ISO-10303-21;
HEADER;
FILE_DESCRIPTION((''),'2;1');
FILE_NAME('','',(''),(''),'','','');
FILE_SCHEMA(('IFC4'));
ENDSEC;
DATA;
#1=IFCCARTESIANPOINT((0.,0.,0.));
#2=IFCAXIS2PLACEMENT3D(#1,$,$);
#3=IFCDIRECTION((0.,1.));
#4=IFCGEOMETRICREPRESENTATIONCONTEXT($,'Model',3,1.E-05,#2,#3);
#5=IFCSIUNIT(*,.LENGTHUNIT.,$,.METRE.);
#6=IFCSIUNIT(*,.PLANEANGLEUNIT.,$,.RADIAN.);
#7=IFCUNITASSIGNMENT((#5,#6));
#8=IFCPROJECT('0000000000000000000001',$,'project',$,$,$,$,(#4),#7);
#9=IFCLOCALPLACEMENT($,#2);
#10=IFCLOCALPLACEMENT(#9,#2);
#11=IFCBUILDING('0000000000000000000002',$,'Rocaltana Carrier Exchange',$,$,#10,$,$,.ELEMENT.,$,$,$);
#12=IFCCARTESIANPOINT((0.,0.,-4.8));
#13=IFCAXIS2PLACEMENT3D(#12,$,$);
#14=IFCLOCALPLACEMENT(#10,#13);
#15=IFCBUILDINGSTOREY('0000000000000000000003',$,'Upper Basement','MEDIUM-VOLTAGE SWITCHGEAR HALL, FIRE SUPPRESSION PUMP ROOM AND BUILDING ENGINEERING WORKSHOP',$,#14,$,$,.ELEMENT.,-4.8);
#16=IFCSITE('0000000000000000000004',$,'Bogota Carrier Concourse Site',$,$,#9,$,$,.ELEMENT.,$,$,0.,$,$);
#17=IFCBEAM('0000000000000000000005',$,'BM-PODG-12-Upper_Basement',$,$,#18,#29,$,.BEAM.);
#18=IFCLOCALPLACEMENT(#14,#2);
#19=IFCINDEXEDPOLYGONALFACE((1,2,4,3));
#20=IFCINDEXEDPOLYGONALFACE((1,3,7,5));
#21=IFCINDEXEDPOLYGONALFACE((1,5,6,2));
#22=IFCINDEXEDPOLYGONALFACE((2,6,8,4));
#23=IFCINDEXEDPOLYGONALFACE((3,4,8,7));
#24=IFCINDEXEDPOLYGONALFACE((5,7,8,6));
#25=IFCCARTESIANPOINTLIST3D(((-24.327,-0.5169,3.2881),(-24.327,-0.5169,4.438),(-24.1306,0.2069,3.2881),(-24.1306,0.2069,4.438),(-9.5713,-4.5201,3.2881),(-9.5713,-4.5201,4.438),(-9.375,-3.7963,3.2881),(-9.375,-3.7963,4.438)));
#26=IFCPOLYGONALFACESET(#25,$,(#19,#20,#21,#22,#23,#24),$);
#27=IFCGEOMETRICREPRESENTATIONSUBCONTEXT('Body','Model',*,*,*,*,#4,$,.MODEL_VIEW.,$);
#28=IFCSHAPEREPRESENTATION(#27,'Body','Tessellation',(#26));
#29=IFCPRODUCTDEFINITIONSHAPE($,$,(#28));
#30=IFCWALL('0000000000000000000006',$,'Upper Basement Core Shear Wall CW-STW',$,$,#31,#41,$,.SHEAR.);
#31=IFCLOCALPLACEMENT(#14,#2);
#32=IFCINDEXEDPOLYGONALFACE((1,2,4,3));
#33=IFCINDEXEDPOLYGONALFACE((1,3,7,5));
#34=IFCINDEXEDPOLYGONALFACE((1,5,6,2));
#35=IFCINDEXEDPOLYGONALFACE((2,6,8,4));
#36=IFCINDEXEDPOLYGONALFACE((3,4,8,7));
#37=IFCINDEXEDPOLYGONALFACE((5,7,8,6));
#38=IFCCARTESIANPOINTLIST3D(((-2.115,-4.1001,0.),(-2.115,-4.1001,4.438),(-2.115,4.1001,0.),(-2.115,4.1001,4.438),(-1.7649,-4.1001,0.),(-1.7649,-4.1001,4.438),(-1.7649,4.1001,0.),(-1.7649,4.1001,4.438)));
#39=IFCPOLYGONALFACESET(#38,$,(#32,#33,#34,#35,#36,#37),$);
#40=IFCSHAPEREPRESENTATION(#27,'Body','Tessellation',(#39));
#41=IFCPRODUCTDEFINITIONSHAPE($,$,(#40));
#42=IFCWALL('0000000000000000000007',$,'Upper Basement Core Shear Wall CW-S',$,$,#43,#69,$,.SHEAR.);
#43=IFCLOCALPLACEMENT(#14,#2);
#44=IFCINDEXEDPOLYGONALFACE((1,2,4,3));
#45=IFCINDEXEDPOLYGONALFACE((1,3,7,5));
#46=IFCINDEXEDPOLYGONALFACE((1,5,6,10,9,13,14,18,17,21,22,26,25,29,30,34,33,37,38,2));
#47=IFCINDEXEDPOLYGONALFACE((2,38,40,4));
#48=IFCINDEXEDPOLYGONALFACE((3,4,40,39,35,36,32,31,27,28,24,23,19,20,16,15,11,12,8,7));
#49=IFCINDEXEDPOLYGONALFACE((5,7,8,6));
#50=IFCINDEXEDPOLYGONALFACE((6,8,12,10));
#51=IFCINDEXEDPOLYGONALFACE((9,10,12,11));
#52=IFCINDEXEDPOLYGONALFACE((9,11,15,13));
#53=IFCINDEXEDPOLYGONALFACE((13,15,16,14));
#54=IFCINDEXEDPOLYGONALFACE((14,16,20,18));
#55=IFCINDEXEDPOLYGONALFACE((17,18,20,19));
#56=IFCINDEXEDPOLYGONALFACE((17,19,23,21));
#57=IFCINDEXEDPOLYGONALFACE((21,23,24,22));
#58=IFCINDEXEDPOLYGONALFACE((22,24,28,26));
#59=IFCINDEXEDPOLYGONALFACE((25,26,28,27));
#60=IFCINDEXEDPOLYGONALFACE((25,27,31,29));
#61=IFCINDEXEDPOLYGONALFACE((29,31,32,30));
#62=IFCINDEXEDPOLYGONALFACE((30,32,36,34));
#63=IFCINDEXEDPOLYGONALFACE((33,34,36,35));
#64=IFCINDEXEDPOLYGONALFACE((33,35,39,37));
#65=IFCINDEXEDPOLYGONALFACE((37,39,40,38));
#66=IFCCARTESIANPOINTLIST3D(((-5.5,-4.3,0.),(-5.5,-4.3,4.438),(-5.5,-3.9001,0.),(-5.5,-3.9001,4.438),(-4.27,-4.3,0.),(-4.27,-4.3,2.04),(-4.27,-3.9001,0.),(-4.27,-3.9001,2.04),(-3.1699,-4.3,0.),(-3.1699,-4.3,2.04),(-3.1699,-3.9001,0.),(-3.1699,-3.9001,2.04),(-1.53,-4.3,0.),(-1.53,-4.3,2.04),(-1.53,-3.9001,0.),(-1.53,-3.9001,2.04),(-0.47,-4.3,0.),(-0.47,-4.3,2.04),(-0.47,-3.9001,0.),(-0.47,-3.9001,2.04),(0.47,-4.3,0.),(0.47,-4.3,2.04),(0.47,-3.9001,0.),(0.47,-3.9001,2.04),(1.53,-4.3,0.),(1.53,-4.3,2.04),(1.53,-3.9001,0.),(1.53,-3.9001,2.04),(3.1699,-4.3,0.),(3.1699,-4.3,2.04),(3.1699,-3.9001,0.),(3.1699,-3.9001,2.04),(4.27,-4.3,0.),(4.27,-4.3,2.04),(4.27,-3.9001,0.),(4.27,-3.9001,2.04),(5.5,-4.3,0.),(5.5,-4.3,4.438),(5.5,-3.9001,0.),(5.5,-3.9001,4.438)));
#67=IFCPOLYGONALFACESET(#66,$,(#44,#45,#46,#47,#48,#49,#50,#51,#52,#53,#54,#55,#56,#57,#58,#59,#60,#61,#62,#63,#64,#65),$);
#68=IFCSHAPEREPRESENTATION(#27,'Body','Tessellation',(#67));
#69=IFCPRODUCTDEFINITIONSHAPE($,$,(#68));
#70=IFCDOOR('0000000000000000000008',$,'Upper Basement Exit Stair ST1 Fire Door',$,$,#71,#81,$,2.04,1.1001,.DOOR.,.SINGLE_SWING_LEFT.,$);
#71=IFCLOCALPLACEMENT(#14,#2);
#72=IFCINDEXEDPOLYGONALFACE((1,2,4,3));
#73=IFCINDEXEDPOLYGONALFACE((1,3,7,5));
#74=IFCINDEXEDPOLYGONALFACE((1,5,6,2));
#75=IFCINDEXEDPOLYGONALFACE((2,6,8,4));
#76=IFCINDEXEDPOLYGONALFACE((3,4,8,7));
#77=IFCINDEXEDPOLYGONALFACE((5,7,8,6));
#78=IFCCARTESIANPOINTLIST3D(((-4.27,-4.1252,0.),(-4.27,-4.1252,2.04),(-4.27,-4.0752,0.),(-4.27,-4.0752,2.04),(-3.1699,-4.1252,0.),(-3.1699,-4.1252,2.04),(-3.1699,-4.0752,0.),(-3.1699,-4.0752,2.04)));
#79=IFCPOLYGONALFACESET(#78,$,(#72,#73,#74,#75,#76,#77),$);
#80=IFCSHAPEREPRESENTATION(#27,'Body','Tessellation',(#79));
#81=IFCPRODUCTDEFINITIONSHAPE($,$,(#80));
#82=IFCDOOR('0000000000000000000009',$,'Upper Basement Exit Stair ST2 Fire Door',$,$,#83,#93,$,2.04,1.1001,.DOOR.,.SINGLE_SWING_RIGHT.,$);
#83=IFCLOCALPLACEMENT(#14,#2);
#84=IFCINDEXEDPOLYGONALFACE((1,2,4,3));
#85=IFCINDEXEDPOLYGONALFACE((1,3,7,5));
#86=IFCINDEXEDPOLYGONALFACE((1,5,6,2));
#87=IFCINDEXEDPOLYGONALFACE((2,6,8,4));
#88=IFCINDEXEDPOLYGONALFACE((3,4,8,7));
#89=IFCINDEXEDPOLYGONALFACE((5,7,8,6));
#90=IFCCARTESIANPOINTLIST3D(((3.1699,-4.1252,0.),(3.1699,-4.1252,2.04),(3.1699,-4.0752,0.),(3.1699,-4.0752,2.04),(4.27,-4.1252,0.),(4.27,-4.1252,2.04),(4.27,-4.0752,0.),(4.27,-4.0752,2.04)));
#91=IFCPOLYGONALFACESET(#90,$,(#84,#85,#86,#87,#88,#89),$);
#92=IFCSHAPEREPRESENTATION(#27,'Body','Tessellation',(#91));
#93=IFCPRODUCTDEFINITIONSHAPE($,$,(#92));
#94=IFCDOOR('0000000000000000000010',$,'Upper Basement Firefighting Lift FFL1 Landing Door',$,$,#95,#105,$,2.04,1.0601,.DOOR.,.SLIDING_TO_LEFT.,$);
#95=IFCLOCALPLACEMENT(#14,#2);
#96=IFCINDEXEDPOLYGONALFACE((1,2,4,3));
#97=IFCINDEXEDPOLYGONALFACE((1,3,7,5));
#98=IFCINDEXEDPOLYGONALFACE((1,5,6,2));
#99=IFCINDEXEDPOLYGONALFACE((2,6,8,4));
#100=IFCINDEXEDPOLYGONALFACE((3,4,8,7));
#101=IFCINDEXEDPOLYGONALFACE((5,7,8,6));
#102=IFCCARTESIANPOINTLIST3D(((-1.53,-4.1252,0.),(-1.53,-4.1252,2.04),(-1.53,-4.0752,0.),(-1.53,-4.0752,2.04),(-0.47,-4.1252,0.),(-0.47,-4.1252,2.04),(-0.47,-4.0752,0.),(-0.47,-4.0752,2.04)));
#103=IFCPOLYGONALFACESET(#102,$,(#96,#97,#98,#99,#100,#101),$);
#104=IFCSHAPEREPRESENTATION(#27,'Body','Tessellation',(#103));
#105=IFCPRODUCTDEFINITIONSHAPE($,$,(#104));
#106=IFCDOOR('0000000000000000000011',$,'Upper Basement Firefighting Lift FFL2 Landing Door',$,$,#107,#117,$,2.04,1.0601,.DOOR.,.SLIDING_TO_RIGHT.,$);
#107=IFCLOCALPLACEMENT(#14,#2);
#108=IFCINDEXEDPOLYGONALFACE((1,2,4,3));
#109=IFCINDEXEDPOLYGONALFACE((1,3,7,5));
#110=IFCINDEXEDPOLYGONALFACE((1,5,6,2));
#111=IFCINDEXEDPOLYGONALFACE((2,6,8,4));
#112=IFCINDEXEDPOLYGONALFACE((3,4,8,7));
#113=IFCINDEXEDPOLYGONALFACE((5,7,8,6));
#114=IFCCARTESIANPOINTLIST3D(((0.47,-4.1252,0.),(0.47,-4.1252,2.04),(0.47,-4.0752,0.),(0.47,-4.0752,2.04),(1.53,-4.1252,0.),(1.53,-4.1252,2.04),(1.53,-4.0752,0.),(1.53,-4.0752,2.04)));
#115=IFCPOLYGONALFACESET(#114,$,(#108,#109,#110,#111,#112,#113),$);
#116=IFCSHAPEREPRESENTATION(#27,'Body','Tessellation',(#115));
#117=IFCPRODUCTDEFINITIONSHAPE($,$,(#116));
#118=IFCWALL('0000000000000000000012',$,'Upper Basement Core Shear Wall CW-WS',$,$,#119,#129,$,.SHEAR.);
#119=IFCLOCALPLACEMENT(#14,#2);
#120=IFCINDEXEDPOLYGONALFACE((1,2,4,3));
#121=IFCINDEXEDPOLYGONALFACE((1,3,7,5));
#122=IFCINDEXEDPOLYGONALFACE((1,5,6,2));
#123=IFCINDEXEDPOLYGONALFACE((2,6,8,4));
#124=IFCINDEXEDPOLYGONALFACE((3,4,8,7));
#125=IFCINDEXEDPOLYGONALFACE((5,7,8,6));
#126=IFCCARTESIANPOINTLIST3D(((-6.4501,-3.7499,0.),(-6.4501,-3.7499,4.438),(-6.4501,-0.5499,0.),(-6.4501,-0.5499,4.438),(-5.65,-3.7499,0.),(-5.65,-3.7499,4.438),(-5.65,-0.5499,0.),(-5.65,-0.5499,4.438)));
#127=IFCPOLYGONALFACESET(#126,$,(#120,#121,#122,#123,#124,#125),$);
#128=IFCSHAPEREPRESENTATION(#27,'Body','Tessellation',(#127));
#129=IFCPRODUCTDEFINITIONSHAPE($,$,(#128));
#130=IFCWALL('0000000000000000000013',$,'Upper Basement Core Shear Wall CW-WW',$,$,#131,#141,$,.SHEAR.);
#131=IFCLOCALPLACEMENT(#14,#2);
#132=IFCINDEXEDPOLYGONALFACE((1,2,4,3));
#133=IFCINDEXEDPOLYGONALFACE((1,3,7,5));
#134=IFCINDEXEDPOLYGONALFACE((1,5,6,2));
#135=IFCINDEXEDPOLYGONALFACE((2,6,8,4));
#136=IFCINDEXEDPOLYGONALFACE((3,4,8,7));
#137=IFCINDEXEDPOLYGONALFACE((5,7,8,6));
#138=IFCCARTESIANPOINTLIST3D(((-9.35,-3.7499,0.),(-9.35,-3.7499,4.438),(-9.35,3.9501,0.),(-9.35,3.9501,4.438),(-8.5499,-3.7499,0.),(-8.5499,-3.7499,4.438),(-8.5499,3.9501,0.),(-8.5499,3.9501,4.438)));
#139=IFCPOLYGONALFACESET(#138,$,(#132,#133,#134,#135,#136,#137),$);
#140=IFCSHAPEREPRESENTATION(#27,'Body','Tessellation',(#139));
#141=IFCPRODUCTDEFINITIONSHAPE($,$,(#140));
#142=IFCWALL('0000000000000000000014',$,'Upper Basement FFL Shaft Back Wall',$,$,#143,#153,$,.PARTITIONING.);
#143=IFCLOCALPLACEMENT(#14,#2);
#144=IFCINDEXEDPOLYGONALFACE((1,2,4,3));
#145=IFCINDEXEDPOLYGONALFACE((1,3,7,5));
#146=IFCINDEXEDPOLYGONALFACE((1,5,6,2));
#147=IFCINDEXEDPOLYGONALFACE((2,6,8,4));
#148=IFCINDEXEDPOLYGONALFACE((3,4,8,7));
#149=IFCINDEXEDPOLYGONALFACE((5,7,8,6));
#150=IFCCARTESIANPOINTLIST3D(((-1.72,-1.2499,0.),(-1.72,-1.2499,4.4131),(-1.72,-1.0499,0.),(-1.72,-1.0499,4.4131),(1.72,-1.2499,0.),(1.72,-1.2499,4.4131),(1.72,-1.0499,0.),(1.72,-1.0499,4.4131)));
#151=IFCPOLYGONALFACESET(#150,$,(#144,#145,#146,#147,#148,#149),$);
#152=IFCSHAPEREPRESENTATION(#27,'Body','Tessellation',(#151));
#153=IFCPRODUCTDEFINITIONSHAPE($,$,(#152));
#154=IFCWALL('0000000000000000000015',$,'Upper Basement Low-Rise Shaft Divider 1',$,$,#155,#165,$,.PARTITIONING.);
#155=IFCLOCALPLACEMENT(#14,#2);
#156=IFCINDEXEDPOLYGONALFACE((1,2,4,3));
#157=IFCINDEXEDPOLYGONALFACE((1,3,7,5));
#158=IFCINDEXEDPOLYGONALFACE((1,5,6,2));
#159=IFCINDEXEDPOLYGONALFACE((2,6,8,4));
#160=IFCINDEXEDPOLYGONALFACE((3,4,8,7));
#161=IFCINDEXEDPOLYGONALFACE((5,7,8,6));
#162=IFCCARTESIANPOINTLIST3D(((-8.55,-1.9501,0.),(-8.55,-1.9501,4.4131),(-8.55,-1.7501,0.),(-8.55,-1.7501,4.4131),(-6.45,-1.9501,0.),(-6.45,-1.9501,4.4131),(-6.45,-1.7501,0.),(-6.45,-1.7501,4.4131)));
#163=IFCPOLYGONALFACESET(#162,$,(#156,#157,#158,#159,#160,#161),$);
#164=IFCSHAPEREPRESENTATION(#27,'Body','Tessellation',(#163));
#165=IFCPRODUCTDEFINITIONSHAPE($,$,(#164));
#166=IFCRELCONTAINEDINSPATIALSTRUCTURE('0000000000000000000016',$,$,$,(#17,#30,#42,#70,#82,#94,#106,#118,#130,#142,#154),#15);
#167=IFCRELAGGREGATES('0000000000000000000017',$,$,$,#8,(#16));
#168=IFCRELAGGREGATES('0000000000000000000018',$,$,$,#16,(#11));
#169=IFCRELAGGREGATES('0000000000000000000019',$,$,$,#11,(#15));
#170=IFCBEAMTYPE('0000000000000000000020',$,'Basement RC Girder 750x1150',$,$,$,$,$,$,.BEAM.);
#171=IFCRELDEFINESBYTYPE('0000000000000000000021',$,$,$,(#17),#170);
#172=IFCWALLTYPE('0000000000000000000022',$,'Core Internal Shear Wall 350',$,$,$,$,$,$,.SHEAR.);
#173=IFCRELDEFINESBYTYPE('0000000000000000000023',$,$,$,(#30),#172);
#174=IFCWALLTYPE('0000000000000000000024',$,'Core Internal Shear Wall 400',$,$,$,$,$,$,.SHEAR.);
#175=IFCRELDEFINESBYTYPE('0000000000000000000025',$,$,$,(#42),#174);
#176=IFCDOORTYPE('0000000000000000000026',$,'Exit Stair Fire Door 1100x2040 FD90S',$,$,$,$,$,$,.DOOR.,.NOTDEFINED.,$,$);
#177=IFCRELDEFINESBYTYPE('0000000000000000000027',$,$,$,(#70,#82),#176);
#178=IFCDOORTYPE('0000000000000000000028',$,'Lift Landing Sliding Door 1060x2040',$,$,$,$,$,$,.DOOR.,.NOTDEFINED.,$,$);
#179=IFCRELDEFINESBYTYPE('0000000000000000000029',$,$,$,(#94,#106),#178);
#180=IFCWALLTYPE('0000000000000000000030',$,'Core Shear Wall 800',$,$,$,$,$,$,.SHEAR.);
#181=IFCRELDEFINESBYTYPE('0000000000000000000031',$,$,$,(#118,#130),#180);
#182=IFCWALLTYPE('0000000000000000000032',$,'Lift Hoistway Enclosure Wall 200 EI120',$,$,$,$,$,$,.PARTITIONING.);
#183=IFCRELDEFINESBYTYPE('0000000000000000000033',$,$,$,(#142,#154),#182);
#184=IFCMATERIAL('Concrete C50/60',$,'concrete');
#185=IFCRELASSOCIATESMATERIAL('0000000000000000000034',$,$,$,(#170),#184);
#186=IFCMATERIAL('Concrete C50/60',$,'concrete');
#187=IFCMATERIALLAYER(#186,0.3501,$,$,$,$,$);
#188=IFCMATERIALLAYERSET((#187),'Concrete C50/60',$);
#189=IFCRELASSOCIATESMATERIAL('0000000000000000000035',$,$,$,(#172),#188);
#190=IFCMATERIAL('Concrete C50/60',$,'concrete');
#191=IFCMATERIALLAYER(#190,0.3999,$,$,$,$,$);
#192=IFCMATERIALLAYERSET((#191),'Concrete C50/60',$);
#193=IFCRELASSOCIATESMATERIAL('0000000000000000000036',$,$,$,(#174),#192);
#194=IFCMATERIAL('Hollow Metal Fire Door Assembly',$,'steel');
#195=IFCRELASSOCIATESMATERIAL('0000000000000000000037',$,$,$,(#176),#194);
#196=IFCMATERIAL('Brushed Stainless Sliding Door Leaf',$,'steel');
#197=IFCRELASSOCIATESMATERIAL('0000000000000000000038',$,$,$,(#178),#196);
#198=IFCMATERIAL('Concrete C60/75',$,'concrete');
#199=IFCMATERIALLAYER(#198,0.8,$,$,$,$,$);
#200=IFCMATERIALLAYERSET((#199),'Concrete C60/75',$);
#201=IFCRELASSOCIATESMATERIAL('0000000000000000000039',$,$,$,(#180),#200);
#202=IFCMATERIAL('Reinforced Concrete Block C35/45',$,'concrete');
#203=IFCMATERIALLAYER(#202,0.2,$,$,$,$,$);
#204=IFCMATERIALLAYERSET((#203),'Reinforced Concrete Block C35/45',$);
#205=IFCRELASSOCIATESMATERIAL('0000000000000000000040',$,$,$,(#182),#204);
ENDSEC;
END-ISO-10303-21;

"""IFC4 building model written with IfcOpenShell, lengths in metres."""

from ifc_helpers import new_model, si_unit, direction, frame, frame_2d, origin, origin_2d, place, context, subcontext, project, spatial, rectangle, extrude, material, layer, layer_set, material_profile, profile_set, type_object, element, fill, save


model = new_model("IFC4")

# Units and contexts
model_context = context("Model", 3, precision=1e-05, world=origin(), true_north=direction((0.0, 1.0)))
body_context = subcontext(model_context, "Body", "Model", "MODEL_VIEW")
ifc_project = project(units=[si_unit("LENGTHUNIT", "METRE"), si_unit("PLANEANGLEUNIT", "RADIAN")], contexts=[model_context])

# Site, building, storey
site_placement = place(None, origin())
site = spatial("IfcSite", under=ifc_project, at=site_placement, Name="Bogota Carrier Concourse Site", CompositionType="ELEMENT", RefElevation=0.0)
building_placement = place(site_placement, origin())
building = spatial("IfcBuilding", under=site, at=building_placement, Name="Rocaltana Carrier Exchange", CompositionType="ELEMENT")
storey_placement = place(building_placement, frame((0.0, 0.0, -4.8)))
storey = spatial("IfcBuildingStorey", under=building, at=storey_placement, Name="Upper Basement", Description="MEDIUM-VOLTAGE SWITCHGEAR HALL, FIRE SUPPRESSION PUMP ROOM AND BUILDING ENGINEERING WORKSHOP", CompositionType="ELEMENT", Elevation=-4.8)

# Beam
ifc_material_1 = material(Name="Concrete C50/60", Category="concrete")
ifc_material_profile = material_profile(ifc_material_1, rectangle(XDim=0.75, YDim=1.1499, at=origin_2d()), Name="RC-BM-750X1150")
ifc_profile_set = profile_set([ifc_material_profile], Name="Concrete C50/60")
beam_type = type_object("IfcBeamType", Name="Basement RC Girder 750x1150", PredefinedType="BEAM", material=ifc_profile_set)
beam_placement = place(storey_placement, frame((-9.4731, -4.1582, 3.863), z_axis=(-0.965113, 0.261834, 0.0), x_axis=(-0.261834, -0.965113, 0.0)))
element("IfcBeam", 1, at=beam_placement, inside=storey, type_object=beam_type, Name="BM-PODG-12-Upper_Basement", PredefinedType="BEAM", context=body_context, shape_type="SweptSolid", body=[
    extrude(rectangle(XDim=0.75, YDim=1.1499, at=origin_2d()), origin(), (0.0, 0.0, 1.0), 15.2891),
])

# Wall
ifc_material_2 = material(Name="Concrete C50/60", Category="concrete")
ifc_layer_1 = layer(ifc_material_2, 0.3501)
ifc_layer_set_1 = layer_set([ifc_layer_1], Name="Concrete C50/60")
wall_type_1 = type_object("IfcWallType", Name="Core Internal Shear Wall 350", PredefinedType="SHEAR", material=ifc_layer_set_1)
wall_1_placement = place(storey_placement, frame((-1.9399, -4.1001, 0.0), z_axis=(0.0, 0.0, 1.0), x_axis=(0.0, 1.0, 0.0)))
element("IfcWall", 2, at=wall_1_placement, inside=storey, type_object=wall_type_1, Name="Upper Basement Core Shear Wall CW-STW", PredefinedType="SHEAR", context=body_context, shape_type="SweptSolid", body=[
    extrude(rectangle(XDim=8.2002, YDim=0.3501, at=frame_2d((4.1001, 0.0))), origin(), (0.0, 0.0, 1.0), 4.438),
])

# Wall, openings, doors
ifc_material_3 = material(Name="Concrete C50/60", Category="concrete")
ifc_layer_2 = layer(ifc_material_3, 0.3999)
ifc_layer_set_2 = layer_set([ifc_layer_2], Name="Concrete C50/60")
wall_type_2 = type_object("IfcWallType", Name="Core Internal Shear Wall 400", PredefinedType="SHEAR", material=ifc_layer_set_2)
wall_2_placement = place(storey_placement, frame((-5.5, -4.1001, 0.0), z_axis=(0.0, 0.0, 1.0), x_axis=(1.0, 0.0, 0.0)))
wall_2 = element("IfcWall", 3, at=wall_2_placement, inside=storey, type_object=wall_type_2, Name="Upper Basement Core Shear Wall CW-S", PredefinedType="SHEAR", context=body_context, shape_type="SweptSolid", body=[
    extrude(rectangle(XDim=11.0, YDim=0.3999, at=frame_2d((5.5, 0.0))), origin(), (0.0, 0.0, 1.0), 4.438),
])
opening_1_placement = place(wall_2_placement, frame((1.23, 0.0, 0.0)))
opening_1 = element("IfcOpeningElement", 4, at=opening_1_placement, cuts=wall_2, PredefinedType="OPENING", context=body_context, shape_type="SweptSolid", body=[
    extrude(rectangle(XDim=1.1001, YDim=2.04, at=frame_2d((0.55, 1.02))), frame((0.0, 0.21, 0.0), z_axis=(0.0, -1.0, 0.0), x_axis=(1.0, 0.0, 0.0)), (0.0, 0.0, 1.0), 0.4199),
])
opening_2_placement = place(wall_2_placement, frame((8.6699, 0.0, 0.0)))
opening_2 = element("IfcOpeningElement", 5, at=opening_2_placement, cuts=wall_2, PredefinedType="OPENING", context=body_context, shape_type="SweptSolid", body=[
    extrude(rectangle(XDim=1.1001, YDim=2.04, at=frame_2d((0.55, 1.02))), frame((0.0, 0.21, 0.0), z_axis=(0.0, -1.0, 0.0), x_axis=(1.0, 0.0, 0.0)), (0.0, 0.0, 1.0), 0.4199),
])
opening_3_placement = place(wall_2_placement, frame((3.97, 0.0, 0.0)))
opening_3 = element("IfcOpeningElement", 6, at=opening_3_placement, cuts=wall_2, PredefinedType="OPENING", context=body_context, shape_type="SweptSolid", body=[
    extrude(rectangle(XDim=1.0601, YDim=2.04, at=frame_2d((0.53, 1.02))), frame((0.0, 0.21, 0.0), z_axis=(0.0, -1.0, 0.0), x_axis=(1.0, 0.0, 0.0)), (0.0, 0.0, 1.0), 0.4199),
])
opening_4_placement = place(wall_2_placement, frame((5.97, 0.0, 0.0)))
opening_4 = element("IfcOpeningElement", 7, at=opening_4_placement, cuts=wall_2, PredefinedType="OPENING", context=body_context, shape_type="SweptSolid", body=[
    extrude(rectangle(XDim=1.0601, YDim=2.04, at=frame_2d((0.53, 1.02))), frame((0.0, 0.21, 0.0), z_axis=(0.0, -1.0, 0.0), x_axis=(1.0, 0.0, 0.0)), (0.0, 0.0, 1.0), 0.4199),
])
ifc_material_4 = material(Name="Hollow Metal Fire Door Assembly", Category="steel")
door_type_1 = type_object("IfcDoorType", Name="Exit Stair Fire Door 1100x2040 FD90S", OperationType="NOTDEFINED", PredefinedType="DOOR", material=ifc_material_4)
door_1_placement = place(opening_1_placement, origin())
door_1 = element("IfcDoor", 8, at=door_1_placement, inside=storey, type_object=door_type_1, Name="Upper Basement Exit Stair ST1 Fire Door", OperationType="SINGLE_SWING_LEFT", OverallHeight=2.04, OverallWidth=1.1001, PredefinedType="DOOR", context=body_context, shape_type="SweptSolid", body=[
    extrude(rectangle(XDim=1.1001, YDim=2.04, at=frame_2d((0.55, 1.02))), frame((0.0, 0.0249, 0.0), z_axis=(0.0, -1.0, 0.0), x_axis=(1.0, 0.0, 0.0)), (0.0, 0.0, 1.0), 0.05),
])
fill(opening_1, door_1)
door_2_placement = place(opening_2_placement, origin())
door_2 = element("IfcDoor", 9, at=door_2_placement, inside=storey, type_object=door_type_1, Name="Upper Basement Exit Stair ST2 Fire Door", OperationType="SINGLE_SWING_RIGHT", OverallHeight=2.04, OverallWidth=1.1001, PredefinedType="DOOR", context=body_context, shape_type="SweptSolid", body=[
    extrude(rectangle(XDim=1.1001, YDim=2.04, at=frame_2d((0.55, 1.02))), frame((0.0, 0.0249, 0.0), z_axis=(0.0, -1.0, 0.0), x_axis=(1.0, 0.0, 0.0)), (0.0, 0.0, 1.0), 0.05),
])
fill(opening_2, door_2)
ifc_material_5 = material(Name="Brushed Stainless Sliding Door Leaf", Category="steel")
door_type_2 = type_object("IfcDoorType", Name="Lift Landing Sliding Door 1060x2040", OperationType="NOTDEFINED", PredefinedType="DOOR", material=ifc_material_5)
door_3_placement = place(opening_3_placement, origin())
door_3 = element("IfcDoor", 10, at=door_3_placement, inside=storey, type_object=door_type_2, Name="Upper Basement Firefighting Lift FFL1 Landing Door", OperationType="SLIDING_TO_LEFT", OverallHeight=2.04, OverallWidth=1.0601, PredefinedType="DOOR", context=body_context, shape_type="SweptSolid", body=[
    extrude(rectangle(XDim=1.0601, YDim=2.04, at=frame_2d((0.53, 1.02))), frame((0.0, 0.0249, 0.0), z_axis=(0.0, -1.0, 0.0), x_axis=(1.0, 0.0, 0.0)), (0.0, 0.0, 1.0), 0.05),
])
fill(opening_3, door_3)
door_4_placement = place(opening_4_placement, origin())
door_4 = element("IfcDoor", 11, at=door_4_placement, inside=storey, type_object=door_type_2, Name="Upper Basement Firefighting Lift FFL2 Landing Door", OperationType="SLIDING_TO_RIGHT", OverallHeight=2.04, OverallWidth=1.0601, PredefinedType="DOOR", context=body_context, shape_type="SweptSolid", body=[
    extrude(rectangle(XDim=1.0601, YDim=2.04, at=frame_2d((0.53, 1.02))), frame((0.0, 0.0249, 0.0), z_axis=(0.0, -1.0, 0.0), x_axis=(1.0, 0.0, 0.0)), (0.0, 0.0, 1.0), 0.05),
])
fill(opening_4, door_4)

# Walls
ifc_material_6 = material(Name="Concrete C60/75", Category="concrete")
ifc_layer_3 = layer(ifc_material_6, 0.8)
ifc_layer_set_3 = layer_set([ifc_layer_3], Name="Concrete C60/75")
wall_type_3 = type_object("IfcWallType", Name="Core Shear Wall 800", PredefinedType="SHEAR", material=ifc_layer_set_3)
wall_3_placement = place(storey_placement, frame((-6.05, -3.75, 0.0), z_axis=(0.0, 0.0, 1.0), x_axis=(0.0, 1.0, 0.0)))
element("IfcWall", 12, at=wall_3_placement, inside=storey, type_object=wall_type_3, Name="Upper Basement Core Shear Wall CW-WS", PredefinedType="SHEAR", context=body_context, shape_type="SweptSolid", body=[
    extrude(rectangle(XDim=3.2, YDim=0.8, at=frame_2d((1.6001, 0.0))), origin(), (0.0, 0.0, 1.0), 4.438),
])
wall_4_placement = place(storey_placement, frame((-8.95, -3.75, 0.0), z_axis=(0.0, 0.0, 1.0), x_axis=(0.0, 1.0, 0.0)))
element("IfcWall", 13, at=wall_4_placement, inside=storey, type_object=wall_type_3, Name="Upper Basement Core Shear Wall CW-WW", PredefinedType="SHEAR", context=body_context, shape_type="SweptSolid", body=[
    extrude(rectangle(XDim=7.7, YDim=0.8, at=frame_2d((3.8501, 0.0))), origin(), (0.0, 0.0, 1.0), 4.438),
])
ifc_material_7 = material(Name="Reinforced Concrete Block C35/45", Category="concrete")
ifc_layer_4 = layer(ifc_material_7, 0.2)
ifc_layer_set_4 = layer_set([ifc_layer_4], Name="Reinforced Concrete Block C35/45")
wall_type_4 = type_object("IfcWallType", Name="Lift Hoistway Enclosure Wall 200 EI120", PredefinedType="PARTITIONING", material=ifc_layer_set_4)
wall_5_placement = place(storey_placement, frame((-1.72, -1.1499, 0.0), z_axis=(0.0, 0.0, 1.0), x_axis=(1.0, 0.0, 0.0)))
element("IfcWall", 14, at=wall_5_placement, inside=storey, type_object=wall_type_4, Name="Upper Basement FFL Shaft Back Wall", PredefinedType="PARTITIONING", context=body_context, shape_type="SweptSolid", body=[
    extrude(rectangle(XDim=3.4399, YDim=0.2, at=frame_2d((1.72, 0.0))), origin(), (0.0, 0.0, 1.0), 4.4131),
])
wall_6_placement = place(storey_placement, frame((-8.55, -1.8501, 0.0), z_axis=(0.0, 0.0, 1.0), x_axis=(1.0, 0.0, 0.0)))
element("IfcWall", 15, at=wall_6_placement, inside=storey, type_object=wall_type_4, Name="Upper Basement Low-Rise Shaft Divider 1", PredefinedType="PARTITIONING", context=body_context, shape_type="SweptSolid", body=[
    extrude(rectangle(XDim=2.1001, YDim=0.2, at=frame_2d((1.05, 0.0))), origin(), (0.0, 0.0, 1.0), 4.4131),
])

save(model, "model.ifc")
